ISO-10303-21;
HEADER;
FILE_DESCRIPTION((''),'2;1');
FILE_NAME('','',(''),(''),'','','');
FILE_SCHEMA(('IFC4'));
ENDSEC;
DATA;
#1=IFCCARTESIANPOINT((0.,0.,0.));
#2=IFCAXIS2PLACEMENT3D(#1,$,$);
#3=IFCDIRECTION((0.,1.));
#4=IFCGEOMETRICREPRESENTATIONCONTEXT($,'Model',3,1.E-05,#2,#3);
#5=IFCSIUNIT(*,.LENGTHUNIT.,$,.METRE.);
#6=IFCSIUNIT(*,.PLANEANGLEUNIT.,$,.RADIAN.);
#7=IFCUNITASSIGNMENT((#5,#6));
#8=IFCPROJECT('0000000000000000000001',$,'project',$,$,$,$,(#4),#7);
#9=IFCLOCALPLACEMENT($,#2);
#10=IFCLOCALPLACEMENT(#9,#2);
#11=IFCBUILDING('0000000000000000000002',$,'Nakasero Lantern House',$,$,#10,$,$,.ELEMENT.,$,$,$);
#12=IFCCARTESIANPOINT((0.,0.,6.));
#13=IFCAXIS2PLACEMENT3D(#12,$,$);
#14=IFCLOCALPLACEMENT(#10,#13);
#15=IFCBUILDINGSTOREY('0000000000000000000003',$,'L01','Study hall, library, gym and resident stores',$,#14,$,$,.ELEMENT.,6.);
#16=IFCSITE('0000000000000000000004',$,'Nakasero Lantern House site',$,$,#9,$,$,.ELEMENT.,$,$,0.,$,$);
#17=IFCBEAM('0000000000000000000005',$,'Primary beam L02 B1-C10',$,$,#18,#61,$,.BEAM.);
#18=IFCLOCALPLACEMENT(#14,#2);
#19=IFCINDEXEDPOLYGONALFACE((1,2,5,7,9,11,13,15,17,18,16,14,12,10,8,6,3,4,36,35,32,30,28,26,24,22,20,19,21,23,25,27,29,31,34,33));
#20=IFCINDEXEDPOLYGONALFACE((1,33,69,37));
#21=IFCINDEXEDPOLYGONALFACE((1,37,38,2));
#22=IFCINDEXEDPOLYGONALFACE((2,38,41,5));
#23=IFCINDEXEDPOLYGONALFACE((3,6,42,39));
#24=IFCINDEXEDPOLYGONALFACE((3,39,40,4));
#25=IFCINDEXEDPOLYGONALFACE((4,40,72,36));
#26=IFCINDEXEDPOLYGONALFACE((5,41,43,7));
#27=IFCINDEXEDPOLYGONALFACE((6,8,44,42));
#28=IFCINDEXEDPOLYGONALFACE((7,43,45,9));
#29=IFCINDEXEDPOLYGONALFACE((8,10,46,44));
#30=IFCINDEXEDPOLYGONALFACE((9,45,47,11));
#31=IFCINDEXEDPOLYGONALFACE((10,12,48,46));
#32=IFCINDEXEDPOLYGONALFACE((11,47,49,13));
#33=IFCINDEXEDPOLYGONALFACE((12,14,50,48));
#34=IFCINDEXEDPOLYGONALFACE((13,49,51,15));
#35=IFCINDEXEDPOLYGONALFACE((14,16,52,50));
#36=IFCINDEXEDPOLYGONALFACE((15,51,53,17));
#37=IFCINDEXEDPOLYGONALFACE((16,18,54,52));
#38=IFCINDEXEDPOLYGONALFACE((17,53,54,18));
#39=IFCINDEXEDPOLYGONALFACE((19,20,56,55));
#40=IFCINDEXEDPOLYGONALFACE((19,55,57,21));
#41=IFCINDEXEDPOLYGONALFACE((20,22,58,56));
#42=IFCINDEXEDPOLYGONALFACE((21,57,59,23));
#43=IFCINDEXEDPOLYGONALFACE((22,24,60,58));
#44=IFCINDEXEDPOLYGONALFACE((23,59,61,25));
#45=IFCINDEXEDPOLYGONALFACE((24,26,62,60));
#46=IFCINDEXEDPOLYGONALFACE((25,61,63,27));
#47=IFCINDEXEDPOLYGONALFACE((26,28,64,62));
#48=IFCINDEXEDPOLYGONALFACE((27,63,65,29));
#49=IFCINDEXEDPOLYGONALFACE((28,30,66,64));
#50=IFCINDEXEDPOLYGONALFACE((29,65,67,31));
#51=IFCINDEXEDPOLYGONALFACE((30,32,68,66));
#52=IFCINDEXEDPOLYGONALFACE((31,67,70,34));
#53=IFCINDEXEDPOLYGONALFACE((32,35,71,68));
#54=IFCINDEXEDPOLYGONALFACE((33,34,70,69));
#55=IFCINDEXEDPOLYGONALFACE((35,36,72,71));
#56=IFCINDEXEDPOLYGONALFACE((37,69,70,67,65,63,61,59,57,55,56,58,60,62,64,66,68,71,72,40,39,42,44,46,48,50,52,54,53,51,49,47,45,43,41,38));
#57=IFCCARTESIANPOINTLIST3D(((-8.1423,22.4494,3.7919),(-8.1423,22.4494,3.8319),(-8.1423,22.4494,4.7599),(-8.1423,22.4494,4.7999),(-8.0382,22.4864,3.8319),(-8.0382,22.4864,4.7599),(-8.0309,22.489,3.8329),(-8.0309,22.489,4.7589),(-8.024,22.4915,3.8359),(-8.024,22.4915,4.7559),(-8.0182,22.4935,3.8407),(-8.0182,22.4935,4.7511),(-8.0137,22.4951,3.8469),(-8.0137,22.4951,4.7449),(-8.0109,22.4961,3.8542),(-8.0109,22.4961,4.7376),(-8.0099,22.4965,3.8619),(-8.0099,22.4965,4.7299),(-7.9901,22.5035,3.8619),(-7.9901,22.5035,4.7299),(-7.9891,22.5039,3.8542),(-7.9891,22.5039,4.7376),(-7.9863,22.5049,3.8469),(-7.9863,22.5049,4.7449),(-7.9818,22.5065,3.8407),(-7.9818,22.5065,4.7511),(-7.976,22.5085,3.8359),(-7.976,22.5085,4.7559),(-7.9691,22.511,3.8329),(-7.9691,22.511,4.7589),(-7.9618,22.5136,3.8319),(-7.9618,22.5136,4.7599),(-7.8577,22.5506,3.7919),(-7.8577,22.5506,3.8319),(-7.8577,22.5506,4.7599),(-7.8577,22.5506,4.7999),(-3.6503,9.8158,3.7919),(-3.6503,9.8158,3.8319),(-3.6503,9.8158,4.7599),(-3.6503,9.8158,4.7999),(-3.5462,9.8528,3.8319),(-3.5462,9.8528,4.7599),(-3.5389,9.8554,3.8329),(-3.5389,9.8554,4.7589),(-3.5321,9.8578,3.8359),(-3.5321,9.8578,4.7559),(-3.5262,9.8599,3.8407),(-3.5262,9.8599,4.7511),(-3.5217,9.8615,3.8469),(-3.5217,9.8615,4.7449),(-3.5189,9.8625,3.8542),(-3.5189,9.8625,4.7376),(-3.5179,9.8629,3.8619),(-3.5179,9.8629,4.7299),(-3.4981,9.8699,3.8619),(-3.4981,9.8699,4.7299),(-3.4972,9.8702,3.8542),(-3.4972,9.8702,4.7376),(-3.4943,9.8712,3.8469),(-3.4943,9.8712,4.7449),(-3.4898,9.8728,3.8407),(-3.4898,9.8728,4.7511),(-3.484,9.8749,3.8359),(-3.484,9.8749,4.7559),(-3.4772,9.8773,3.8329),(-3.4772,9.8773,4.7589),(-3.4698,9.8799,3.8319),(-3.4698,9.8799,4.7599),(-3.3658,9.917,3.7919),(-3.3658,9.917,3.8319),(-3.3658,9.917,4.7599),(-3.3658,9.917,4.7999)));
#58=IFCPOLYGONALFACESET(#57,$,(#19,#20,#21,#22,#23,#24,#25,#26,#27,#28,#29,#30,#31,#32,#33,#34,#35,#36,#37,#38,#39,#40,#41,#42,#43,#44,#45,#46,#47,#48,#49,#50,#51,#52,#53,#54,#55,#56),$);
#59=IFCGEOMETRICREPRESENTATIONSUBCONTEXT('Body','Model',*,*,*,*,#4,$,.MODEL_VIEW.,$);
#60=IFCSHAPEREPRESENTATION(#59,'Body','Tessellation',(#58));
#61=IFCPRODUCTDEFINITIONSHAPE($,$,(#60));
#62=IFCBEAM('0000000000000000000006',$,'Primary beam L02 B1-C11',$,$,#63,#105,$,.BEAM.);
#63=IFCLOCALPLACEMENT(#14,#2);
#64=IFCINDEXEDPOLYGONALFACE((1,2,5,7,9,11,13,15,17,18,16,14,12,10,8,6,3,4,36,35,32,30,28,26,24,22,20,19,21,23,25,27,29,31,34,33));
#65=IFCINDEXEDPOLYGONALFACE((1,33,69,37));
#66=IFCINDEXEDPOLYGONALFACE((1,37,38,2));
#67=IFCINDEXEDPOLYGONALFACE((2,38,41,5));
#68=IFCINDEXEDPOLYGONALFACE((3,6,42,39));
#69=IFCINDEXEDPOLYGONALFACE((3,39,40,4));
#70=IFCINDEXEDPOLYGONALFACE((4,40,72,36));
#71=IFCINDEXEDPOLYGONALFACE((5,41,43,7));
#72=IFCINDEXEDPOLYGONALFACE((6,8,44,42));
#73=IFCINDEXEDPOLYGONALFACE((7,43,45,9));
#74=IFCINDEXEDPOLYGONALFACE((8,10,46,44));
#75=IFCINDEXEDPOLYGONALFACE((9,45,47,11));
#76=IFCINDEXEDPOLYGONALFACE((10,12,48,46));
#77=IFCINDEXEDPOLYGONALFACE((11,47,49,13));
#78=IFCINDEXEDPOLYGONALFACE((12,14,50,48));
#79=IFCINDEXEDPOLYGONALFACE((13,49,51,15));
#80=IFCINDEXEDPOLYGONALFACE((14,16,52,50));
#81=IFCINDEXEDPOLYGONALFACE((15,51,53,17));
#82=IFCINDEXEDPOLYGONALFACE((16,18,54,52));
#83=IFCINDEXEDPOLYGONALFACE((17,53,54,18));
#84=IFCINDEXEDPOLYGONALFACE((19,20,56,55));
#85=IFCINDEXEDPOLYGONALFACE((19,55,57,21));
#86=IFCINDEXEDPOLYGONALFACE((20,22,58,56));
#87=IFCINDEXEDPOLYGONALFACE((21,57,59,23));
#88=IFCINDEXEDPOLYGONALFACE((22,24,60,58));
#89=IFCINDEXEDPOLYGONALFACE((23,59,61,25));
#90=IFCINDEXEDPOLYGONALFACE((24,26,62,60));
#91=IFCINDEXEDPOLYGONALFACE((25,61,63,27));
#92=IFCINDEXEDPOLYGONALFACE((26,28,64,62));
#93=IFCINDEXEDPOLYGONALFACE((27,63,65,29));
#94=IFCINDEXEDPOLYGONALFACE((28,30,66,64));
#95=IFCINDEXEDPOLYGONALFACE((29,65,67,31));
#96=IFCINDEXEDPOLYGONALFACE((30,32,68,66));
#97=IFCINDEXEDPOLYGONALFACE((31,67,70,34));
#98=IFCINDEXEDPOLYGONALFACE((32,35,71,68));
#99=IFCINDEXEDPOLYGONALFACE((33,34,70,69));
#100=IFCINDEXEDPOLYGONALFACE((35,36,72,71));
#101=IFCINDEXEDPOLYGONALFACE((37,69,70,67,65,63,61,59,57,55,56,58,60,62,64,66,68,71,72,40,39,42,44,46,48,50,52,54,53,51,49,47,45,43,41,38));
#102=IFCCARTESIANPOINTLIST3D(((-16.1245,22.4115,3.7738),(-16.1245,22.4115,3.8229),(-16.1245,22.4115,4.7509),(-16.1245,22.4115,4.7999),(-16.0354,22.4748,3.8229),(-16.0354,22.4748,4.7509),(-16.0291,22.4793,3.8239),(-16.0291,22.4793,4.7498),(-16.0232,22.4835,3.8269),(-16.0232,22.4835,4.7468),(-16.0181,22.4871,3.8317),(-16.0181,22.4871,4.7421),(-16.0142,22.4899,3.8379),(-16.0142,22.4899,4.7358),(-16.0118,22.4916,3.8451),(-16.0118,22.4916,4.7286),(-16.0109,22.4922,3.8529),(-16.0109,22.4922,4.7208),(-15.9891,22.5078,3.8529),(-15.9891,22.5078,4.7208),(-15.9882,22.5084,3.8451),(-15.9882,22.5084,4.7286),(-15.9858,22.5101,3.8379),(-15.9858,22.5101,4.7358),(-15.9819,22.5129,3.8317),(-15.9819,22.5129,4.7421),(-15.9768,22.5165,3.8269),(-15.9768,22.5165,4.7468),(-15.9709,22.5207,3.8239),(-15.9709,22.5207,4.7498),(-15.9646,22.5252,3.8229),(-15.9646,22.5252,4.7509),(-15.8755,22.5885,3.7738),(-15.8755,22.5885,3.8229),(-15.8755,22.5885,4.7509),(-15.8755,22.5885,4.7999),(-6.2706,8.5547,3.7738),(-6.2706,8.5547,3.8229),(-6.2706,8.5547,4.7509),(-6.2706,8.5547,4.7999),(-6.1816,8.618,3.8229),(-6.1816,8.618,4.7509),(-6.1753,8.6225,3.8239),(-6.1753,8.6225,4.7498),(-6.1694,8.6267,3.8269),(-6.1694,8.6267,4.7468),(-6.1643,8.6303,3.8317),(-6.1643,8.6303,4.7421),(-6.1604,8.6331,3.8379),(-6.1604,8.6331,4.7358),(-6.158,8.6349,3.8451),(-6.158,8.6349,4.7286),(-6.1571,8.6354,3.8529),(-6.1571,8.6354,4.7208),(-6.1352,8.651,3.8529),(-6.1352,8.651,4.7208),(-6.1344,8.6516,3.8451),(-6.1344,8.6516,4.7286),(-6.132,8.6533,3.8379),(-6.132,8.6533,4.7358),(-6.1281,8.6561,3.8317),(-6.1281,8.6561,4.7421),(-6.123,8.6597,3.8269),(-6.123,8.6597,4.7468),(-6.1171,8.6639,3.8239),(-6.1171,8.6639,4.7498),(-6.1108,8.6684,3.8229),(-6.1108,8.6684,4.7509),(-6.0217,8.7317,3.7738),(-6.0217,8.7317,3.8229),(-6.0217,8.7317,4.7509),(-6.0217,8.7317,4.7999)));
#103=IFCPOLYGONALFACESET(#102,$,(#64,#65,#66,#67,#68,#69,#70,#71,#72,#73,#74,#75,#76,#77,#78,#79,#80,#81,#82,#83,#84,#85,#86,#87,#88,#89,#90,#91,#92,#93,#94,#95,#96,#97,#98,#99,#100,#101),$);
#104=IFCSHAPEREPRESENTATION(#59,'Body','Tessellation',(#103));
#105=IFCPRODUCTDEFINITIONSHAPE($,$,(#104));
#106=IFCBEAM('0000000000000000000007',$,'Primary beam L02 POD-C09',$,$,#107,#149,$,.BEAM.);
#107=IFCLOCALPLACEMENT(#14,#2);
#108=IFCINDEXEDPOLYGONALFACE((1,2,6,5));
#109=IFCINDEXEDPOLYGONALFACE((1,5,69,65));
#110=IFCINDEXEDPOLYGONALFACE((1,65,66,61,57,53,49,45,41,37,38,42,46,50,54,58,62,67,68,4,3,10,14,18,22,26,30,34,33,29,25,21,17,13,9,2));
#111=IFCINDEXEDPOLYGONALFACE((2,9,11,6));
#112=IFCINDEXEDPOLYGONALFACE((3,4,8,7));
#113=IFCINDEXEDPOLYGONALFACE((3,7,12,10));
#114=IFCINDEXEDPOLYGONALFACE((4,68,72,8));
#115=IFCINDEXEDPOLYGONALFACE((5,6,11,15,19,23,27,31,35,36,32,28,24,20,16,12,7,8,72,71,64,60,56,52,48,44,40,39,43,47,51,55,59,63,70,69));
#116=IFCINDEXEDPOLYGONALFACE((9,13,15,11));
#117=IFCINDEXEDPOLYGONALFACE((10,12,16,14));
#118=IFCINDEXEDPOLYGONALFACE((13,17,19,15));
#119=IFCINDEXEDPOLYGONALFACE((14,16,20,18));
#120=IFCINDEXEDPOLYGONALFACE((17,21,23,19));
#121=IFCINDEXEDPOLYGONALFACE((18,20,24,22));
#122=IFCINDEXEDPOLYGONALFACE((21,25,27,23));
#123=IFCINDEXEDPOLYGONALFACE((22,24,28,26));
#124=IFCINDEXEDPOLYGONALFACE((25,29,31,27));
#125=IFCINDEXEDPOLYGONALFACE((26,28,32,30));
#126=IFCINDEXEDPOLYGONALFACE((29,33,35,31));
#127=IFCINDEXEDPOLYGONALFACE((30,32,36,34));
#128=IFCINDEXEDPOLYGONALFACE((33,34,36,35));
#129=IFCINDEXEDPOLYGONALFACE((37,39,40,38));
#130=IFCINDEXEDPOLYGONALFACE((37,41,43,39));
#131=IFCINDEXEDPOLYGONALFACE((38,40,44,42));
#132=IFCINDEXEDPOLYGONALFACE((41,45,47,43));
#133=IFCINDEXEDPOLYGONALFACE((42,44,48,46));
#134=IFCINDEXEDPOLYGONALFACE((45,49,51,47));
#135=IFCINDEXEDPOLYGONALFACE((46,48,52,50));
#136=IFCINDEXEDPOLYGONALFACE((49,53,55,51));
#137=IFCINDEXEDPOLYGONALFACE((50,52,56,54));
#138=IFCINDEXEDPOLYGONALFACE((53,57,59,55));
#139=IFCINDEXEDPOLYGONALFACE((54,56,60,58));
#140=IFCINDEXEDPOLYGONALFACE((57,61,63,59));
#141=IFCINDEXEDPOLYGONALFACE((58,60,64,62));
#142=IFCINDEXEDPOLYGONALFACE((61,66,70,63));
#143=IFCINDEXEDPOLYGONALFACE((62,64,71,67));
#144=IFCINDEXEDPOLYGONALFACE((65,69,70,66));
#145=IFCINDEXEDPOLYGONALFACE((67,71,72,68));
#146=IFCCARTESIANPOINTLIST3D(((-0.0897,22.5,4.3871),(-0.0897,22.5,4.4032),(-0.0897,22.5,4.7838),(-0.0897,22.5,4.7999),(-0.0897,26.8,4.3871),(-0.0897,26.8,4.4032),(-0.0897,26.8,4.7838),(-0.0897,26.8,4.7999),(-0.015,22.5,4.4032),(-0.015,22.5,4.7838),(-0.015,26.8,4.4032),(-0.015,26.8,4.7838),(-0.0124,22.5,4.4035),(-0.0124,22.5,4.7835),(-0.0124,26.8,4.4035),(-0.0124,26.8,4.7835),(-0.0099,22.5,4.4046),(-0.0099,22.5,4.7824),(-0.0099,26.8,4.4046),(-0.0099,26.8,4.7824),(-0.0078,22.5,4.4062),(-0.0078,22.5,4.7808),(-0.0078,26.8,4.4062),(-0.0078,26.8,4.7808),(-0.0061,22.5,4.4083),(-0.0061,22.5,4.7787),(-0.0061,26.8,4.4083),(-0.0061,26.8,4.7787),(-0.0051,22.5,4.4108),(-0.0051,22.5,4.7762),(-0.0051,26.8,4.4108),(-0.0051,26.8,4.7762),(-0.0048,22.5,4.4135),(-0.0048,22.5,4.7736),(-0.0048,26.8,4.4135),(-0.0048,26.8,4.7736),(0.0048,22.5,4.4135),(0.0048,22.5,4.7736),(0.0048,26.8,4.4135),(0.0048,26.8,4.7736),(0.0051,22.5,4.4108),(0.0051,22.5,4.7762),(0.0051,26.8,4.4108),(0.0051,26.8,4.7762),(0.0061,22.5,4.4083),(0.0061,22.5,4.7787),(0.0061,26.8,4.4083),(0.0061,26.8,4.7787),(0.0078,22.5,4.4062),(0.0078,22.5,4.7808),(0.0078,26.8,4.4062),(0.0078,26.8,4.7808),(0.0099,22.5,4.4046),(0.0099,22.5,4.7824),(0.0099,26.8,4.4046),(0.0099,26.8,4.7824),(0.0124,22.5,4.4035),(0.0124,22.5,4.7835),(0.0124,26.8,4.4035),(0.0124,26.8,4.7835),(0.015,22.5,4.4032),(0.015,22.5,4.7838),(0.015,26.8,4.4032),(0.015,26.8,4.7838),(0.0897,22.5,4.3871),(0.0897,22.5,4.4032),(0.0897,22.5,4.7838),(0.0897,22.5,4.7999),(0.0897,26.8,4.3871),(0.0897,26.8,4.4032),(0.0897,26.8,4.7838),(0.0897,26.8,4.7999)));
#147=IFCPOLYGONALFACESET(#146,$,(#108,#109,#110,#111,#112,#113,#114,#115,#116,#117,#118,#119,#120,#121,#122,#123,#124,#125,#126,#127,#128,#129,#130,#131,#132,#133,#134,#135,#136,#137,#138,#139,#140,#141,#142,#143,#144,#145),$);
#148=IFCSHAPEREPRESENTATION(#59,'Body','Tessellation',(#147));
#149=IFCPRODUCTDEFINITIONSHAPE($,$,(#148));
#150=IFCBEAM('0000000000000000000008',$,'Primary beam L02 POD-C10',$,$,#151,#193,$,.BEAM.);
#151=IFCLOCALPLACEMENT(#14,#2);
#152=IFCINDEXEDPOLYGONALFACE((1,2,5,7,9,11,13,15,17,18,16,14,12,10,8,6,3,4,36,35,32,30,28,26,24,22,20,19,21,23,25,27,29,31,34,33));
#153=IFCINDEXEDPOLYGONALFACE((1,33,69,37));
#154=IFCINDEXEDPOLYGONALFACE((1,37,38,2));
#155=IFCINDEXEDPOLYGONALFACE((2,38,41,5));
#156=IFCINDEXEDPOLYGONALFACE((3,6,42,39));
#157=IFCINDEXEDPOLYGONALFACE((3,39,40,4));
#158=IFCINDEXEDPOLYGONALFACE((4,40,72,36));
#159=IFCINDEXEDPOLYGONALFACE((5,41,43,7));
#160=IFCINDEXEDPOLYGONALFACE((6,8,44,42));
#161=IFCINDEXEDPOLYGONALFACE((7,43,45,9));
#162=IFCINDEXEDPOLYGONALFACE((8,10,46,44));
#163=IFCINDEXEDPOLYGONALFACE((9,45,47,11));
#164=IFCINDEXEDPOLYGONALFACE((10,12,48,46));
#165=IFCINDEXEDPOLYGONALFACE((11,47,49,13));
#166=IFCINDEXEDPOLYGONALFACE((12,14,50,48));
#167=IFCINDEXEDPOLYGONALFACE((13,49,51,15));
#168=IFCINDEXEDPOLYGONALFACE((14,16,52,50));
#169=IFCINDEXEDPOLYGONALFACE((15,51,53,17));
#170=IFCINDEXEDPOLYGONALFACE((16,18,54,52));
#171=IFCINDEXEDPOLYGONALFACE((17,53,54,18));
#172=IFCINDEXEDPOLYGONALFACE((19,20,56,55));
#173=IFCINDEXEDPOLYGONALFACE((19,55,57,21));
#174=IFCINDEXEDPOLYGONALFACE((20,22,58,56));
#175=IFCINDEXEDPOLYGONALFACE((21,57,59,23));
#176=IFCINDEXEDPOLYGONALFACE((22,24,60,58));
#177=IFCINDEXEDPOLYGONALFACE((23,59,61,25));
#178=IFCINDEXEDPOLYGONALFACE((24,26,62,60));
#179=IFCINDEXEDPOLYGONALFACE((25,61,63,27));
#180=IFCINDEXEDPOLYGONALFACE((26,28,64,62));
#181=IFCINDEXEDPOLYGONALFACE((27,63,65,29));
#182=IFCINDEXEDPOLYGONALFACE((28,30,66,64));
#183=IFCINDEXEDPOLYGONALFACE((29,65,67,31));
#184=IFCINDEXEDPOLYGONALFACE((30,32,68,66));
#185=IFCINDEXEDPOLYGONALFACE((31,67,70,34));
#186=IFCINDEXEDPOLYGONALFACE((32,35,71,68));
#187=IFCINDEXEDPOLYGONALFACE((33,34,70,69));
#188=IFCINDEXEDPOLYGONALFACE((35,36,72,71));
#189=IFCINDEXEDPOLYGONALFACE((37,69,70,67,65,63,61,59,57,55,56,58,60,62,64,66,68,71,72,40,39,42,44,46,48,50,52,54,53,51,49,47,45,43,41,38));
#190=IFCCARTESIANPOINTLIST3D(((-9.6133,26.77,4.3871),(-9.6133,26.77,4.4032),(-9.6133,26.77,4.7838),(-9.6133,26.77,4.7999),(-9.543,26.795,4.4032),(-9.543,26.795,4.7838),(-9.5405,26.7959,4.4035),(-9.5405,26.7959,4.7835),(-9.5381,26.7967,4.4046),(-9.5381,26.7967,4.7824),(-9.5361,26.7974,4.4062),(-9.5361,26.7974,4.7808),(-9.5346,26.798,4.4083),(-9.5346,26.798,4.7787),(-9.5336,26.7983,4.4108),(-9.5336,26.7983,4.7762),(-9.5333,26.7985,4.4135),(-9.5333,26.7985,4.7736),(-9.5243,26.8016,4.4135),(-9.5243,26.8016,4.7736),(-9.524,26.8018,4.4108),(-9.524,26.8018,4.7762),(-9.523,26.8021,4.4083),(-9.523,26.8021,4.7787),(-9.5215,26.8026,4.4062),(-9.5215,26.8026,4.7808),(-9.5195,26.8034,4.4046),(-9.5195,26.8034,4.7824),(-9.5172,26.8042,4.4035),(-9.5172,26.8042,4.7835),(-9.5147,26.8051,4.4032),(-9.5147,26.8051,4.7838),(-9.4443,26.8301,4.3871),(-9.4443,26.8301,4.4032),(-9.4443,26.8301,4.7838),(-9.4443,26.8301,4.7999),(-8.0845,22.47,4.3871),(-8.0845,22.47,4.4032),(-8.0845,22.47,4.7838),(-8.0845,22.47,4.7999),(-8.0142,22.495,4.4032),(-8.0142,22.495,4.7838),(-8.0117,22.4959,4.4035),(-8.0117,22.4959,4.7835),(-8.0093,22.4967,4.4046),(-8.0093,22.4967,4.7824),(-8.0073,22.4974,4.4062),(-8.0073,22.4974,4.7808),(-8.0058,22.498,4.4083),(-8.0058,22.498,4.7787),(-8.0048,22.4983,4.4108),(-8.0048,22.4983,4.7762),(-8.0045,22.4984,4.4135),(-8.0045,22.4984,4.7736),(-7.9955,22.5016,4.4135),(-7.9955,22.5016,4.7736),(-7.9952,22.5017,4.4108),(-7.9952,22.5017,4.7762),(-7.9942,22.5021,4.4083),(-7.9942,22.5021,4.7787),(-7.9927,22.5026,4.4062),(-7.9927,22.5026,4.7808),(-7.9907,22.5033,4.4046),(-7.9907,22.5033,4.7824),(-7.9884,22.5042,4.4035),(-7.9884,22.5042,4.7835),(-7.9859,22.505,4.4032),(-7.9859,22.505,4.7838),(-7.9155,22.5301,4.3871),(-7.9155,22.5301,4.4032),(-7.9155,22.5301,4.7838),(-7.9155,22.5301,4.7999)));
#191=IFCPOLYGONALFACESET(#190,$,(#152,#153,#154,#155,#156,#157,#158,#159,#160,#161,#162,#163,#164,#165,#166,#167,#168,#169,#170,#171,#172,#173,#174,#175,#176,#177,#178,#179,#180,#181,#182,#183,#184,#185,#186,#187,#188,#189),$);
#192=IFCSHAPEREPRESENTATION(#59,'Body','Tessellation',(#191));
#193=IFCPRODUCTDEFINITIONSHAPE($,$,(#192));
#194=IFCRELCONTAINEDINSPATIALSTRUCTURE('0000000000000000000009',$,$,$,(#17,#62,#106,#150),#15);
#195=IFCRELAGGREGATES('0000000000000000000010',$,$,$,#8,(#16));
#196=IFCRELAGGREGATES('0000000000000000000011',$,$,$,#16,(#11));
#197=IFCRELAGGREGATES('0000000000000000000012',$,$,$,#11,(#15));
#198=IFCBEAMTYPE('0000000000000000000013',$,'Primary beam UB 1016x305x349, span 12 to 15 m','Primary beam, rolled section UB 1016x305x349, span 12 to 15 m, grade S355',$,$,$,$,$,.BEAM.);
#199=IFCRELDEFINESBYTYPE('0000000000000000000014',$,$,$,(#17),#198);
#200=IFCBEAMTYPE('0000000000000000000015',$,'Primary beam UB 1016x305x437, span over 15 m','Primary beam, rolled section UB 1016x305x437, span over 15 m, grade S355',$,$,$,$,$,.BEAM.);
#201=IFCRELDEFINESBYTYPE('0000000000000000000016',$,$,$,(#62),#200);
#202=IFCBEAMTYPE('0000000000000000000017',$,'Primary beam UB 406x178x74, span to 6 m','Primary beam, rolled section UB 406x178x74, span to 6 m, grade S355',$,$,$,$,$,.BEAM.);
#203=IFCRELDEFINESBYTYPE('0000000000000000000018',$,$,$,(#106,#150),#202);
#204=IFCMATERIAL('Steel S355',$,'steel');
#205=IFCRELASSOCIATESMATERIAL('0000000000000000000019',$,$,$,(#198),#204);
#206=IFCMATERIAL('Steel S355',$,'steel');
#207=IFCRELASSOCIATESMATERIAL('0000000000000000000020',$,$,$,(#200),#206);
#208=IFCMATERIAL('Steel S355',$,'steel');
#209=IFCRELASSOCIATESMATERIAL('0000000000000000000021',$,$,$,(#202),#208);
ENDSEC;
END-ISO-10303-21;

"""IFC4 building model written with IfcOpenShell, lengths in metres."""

from ifc_helpers import new_model, si_unit, direction, frame, origin, origin_2d, place, context, subcontext, project, spatial, i_section, extrude, material, material_profile, profile_set, type_object, element, save


model = new_model("IFC4")

# Units and contexts
model_context = context("Model", 3, precision=1e-05, world=origin(), true_north=direction((0.0, 1.0)))
body_context = subcontext(model_context, "Body", "Model", "MODEL_VIEW")
ifc_project = project(units=[si_unit("LENGTHUNIT", "METRE"), si_unit("PLANEANGLEUNIT", "RADIAN")], contexts=[model_context])

# Site, building, storey
site_placement = place(None, origin())
site = spatial("IfcSite", under=ifc_project, at=site_placement, Name="Nakasero Lantern House site", CompositionType="ELEMENT", RefElevation=0.0)
building_placement = place(site_placement, origin())
building = spatial("IfcBuilding", under=site, at=building_placement, Name="Nakasero Lantern House", CompositionType="ELEMENT")
storey_placement = place(building_placement, frame((0.0, 0.0, 6.0)))
storey = spatial("IfcBuildingStorey", under=building, at=storey_placement, Name="L01", Description="Study hall, library, gym and resident stores", CompositionType="ELEMENT", Elevation=6.0)

# Beams
ifc_material_1 = material(Name="Steel S355", Category="steel")
ifc_material_profile_1 = material_profile(ifc_material_1, i_section(OverallWidth=0.302, OverallDepth=1.0081, WebThickness=0.021, FlangeThickness=0.04, FilletRadius=0.03, at=origin_2d()), Name="UB 1016x305x349")
ifc_profile_set_1 = profile_set([ifc_material_profile_1], Name="Steel S355")
beam_type_1 = type_object("IfcBeamType", Name="Primary beam UB 1016x305x349, span 12 to 15 m", Description="Primary beam, rolled section UB 1016x305x349, span 12 to 15 m, grade S355", PredefinedType="BEAM", material=ifc_profile_set_1)
beam_1_placement = place(storey_placement, frame((-8.0, 22.5, 4.2959), z_axis=(0.335011, -0.942214, 0.0), x_axis=(0.942214, 0.335011, 0.0)))
element("IfcBeam", 1, at=beam_1_placement, inside=storey, type_object=beam_type_1, Name="Primary beam L02 B1-C10", PredefinedType="BEAM", context=body_context, shape_type="SweptSolid", body=[
    extrude(i_section(OverallWidth=0.302, OverallDepth=1.0081, WebThickness=0.021, FlangeThickness=0.04, FilletRadius=0.03, at=origin_2d()), origin(), (0.0, 0.0, 1.0), 13.4084),
])
ifc_material_2 = material(Name="Steel S355", Category="steel")
ifc_material_profile_2 = material_profile(ifc_material_2, i_section(OverallWidth=0.3054, OverallDepth=1.0261, WebThickness=0.0269, FlangeThickness=0.0491, FilletRadius=0.03, at=origin_2d()), Name="UB 1016x305x437")
ifc_profile_set_2 = profile_set([ifc_material_profile_2], Name="Steel S355")
beam_type_2 = type_object("IfcBeamType", Name="Primary beam UB 1016x305x437, span over 15 m", Description="Primary beam, rolled section UB 1016x305x437, span over 15 m, grade S355", PredefinedType="BEAM", material=ifc_profile_set_2)
beam_2_placement = place(storey_placement, frame((-16.0, 22.5, 4.2869), z_axis=(0.579528, -0.814952, 0.0), x_axis=(0.814952, 0.579528, 0.0)))
element("IfcBeam", 2, at=beam_2_placement, inside=storey, type_object=beam_type_2, Name="Primary beam L02 B1-C11", PredefinedType="BEAM", context=body_context, shape_type="SweptSolid", body=[
    extrude(i_section(OverallWidth=0.3054, OverallDepth=1.0261, WebThickness=0.0269, FlangeThickness=0.0491, FilletRadius=0.03, at=origin_2d()), origin(), (0.0, 0.0, 1.0), 17.0032),
])
ifc_material_3 = material(Name="Steel S355", Category="steel")
ifc_material_profile_3 = material_profile(ifc_material_3, i_section(OverallWidth=0.1794, OverallDepth=0.4128, WebThickness=0.0095, FlangeThickness=0.0161, FilletRadius=0.0103, at=origin_2d()), Name="UB 406x178x74")
ifc_profile_set_3 = profile_set([ifc_material_profile_3], Name="Steel S355")
beam_type_3 = type_object("IfcBeamType", Name="Primary beam UB 406x178x74, span to 6 m", Description="Primary beam, rolled section UB 406x178x74, span to 6 m, grade S355", PredefinedType="BEAM", material=ifc_profile_set_3)
beam_3_placement = place(storey_placement, frame((0.0, 26.8, 4.5935), z_axis=(0.0, -1.0, 0.0), x_axis=(1.0, 0.0, 0.0)))
element("IfcBeam", 3, at=beam_3_placement, inside=storey, type_object=beam_type_3, Name="Primary beam L02 POD-C09", PredefinedType="BEAM", context=body_context, shape_type="SweptSolid", body=[
    extrude(i_section(OverallWidth=0.1794, OverallDepth=0.4128, WebThickness=0.0095, FlangeThickness=0.0161, FilletRadius=0.0103, at=origin_2d()), origin(), (0.0, 0.0, 1.0), 4.3),
])
beam_4_placement = place(storey_placement, frame((-9.5288, 26.8, 4.5935), z_axis=(0.334991, -0.942221, 0.0), x_axis=(0.942221, 0.334991, 0.0)))
element("IfcBeam", 4, at=beam_4_placement, inside=storey, type_object=beam_type_3, Name="Primary beam L02 POD-C10", PredefinedType="BEAM", context=body_context, shape_type="SweptSolid", body=[
    extrude(i_section(OverallWidth=0.1794, OverallDepth=0.4128, WebThickness=0.0095, FlangeThickness=0.0161, FilletRadius=0.0103, at=origin_2d()), origin(), (0.0, 0.0, 1.0), 4.5637),
])

save(model, "model.ifc")
